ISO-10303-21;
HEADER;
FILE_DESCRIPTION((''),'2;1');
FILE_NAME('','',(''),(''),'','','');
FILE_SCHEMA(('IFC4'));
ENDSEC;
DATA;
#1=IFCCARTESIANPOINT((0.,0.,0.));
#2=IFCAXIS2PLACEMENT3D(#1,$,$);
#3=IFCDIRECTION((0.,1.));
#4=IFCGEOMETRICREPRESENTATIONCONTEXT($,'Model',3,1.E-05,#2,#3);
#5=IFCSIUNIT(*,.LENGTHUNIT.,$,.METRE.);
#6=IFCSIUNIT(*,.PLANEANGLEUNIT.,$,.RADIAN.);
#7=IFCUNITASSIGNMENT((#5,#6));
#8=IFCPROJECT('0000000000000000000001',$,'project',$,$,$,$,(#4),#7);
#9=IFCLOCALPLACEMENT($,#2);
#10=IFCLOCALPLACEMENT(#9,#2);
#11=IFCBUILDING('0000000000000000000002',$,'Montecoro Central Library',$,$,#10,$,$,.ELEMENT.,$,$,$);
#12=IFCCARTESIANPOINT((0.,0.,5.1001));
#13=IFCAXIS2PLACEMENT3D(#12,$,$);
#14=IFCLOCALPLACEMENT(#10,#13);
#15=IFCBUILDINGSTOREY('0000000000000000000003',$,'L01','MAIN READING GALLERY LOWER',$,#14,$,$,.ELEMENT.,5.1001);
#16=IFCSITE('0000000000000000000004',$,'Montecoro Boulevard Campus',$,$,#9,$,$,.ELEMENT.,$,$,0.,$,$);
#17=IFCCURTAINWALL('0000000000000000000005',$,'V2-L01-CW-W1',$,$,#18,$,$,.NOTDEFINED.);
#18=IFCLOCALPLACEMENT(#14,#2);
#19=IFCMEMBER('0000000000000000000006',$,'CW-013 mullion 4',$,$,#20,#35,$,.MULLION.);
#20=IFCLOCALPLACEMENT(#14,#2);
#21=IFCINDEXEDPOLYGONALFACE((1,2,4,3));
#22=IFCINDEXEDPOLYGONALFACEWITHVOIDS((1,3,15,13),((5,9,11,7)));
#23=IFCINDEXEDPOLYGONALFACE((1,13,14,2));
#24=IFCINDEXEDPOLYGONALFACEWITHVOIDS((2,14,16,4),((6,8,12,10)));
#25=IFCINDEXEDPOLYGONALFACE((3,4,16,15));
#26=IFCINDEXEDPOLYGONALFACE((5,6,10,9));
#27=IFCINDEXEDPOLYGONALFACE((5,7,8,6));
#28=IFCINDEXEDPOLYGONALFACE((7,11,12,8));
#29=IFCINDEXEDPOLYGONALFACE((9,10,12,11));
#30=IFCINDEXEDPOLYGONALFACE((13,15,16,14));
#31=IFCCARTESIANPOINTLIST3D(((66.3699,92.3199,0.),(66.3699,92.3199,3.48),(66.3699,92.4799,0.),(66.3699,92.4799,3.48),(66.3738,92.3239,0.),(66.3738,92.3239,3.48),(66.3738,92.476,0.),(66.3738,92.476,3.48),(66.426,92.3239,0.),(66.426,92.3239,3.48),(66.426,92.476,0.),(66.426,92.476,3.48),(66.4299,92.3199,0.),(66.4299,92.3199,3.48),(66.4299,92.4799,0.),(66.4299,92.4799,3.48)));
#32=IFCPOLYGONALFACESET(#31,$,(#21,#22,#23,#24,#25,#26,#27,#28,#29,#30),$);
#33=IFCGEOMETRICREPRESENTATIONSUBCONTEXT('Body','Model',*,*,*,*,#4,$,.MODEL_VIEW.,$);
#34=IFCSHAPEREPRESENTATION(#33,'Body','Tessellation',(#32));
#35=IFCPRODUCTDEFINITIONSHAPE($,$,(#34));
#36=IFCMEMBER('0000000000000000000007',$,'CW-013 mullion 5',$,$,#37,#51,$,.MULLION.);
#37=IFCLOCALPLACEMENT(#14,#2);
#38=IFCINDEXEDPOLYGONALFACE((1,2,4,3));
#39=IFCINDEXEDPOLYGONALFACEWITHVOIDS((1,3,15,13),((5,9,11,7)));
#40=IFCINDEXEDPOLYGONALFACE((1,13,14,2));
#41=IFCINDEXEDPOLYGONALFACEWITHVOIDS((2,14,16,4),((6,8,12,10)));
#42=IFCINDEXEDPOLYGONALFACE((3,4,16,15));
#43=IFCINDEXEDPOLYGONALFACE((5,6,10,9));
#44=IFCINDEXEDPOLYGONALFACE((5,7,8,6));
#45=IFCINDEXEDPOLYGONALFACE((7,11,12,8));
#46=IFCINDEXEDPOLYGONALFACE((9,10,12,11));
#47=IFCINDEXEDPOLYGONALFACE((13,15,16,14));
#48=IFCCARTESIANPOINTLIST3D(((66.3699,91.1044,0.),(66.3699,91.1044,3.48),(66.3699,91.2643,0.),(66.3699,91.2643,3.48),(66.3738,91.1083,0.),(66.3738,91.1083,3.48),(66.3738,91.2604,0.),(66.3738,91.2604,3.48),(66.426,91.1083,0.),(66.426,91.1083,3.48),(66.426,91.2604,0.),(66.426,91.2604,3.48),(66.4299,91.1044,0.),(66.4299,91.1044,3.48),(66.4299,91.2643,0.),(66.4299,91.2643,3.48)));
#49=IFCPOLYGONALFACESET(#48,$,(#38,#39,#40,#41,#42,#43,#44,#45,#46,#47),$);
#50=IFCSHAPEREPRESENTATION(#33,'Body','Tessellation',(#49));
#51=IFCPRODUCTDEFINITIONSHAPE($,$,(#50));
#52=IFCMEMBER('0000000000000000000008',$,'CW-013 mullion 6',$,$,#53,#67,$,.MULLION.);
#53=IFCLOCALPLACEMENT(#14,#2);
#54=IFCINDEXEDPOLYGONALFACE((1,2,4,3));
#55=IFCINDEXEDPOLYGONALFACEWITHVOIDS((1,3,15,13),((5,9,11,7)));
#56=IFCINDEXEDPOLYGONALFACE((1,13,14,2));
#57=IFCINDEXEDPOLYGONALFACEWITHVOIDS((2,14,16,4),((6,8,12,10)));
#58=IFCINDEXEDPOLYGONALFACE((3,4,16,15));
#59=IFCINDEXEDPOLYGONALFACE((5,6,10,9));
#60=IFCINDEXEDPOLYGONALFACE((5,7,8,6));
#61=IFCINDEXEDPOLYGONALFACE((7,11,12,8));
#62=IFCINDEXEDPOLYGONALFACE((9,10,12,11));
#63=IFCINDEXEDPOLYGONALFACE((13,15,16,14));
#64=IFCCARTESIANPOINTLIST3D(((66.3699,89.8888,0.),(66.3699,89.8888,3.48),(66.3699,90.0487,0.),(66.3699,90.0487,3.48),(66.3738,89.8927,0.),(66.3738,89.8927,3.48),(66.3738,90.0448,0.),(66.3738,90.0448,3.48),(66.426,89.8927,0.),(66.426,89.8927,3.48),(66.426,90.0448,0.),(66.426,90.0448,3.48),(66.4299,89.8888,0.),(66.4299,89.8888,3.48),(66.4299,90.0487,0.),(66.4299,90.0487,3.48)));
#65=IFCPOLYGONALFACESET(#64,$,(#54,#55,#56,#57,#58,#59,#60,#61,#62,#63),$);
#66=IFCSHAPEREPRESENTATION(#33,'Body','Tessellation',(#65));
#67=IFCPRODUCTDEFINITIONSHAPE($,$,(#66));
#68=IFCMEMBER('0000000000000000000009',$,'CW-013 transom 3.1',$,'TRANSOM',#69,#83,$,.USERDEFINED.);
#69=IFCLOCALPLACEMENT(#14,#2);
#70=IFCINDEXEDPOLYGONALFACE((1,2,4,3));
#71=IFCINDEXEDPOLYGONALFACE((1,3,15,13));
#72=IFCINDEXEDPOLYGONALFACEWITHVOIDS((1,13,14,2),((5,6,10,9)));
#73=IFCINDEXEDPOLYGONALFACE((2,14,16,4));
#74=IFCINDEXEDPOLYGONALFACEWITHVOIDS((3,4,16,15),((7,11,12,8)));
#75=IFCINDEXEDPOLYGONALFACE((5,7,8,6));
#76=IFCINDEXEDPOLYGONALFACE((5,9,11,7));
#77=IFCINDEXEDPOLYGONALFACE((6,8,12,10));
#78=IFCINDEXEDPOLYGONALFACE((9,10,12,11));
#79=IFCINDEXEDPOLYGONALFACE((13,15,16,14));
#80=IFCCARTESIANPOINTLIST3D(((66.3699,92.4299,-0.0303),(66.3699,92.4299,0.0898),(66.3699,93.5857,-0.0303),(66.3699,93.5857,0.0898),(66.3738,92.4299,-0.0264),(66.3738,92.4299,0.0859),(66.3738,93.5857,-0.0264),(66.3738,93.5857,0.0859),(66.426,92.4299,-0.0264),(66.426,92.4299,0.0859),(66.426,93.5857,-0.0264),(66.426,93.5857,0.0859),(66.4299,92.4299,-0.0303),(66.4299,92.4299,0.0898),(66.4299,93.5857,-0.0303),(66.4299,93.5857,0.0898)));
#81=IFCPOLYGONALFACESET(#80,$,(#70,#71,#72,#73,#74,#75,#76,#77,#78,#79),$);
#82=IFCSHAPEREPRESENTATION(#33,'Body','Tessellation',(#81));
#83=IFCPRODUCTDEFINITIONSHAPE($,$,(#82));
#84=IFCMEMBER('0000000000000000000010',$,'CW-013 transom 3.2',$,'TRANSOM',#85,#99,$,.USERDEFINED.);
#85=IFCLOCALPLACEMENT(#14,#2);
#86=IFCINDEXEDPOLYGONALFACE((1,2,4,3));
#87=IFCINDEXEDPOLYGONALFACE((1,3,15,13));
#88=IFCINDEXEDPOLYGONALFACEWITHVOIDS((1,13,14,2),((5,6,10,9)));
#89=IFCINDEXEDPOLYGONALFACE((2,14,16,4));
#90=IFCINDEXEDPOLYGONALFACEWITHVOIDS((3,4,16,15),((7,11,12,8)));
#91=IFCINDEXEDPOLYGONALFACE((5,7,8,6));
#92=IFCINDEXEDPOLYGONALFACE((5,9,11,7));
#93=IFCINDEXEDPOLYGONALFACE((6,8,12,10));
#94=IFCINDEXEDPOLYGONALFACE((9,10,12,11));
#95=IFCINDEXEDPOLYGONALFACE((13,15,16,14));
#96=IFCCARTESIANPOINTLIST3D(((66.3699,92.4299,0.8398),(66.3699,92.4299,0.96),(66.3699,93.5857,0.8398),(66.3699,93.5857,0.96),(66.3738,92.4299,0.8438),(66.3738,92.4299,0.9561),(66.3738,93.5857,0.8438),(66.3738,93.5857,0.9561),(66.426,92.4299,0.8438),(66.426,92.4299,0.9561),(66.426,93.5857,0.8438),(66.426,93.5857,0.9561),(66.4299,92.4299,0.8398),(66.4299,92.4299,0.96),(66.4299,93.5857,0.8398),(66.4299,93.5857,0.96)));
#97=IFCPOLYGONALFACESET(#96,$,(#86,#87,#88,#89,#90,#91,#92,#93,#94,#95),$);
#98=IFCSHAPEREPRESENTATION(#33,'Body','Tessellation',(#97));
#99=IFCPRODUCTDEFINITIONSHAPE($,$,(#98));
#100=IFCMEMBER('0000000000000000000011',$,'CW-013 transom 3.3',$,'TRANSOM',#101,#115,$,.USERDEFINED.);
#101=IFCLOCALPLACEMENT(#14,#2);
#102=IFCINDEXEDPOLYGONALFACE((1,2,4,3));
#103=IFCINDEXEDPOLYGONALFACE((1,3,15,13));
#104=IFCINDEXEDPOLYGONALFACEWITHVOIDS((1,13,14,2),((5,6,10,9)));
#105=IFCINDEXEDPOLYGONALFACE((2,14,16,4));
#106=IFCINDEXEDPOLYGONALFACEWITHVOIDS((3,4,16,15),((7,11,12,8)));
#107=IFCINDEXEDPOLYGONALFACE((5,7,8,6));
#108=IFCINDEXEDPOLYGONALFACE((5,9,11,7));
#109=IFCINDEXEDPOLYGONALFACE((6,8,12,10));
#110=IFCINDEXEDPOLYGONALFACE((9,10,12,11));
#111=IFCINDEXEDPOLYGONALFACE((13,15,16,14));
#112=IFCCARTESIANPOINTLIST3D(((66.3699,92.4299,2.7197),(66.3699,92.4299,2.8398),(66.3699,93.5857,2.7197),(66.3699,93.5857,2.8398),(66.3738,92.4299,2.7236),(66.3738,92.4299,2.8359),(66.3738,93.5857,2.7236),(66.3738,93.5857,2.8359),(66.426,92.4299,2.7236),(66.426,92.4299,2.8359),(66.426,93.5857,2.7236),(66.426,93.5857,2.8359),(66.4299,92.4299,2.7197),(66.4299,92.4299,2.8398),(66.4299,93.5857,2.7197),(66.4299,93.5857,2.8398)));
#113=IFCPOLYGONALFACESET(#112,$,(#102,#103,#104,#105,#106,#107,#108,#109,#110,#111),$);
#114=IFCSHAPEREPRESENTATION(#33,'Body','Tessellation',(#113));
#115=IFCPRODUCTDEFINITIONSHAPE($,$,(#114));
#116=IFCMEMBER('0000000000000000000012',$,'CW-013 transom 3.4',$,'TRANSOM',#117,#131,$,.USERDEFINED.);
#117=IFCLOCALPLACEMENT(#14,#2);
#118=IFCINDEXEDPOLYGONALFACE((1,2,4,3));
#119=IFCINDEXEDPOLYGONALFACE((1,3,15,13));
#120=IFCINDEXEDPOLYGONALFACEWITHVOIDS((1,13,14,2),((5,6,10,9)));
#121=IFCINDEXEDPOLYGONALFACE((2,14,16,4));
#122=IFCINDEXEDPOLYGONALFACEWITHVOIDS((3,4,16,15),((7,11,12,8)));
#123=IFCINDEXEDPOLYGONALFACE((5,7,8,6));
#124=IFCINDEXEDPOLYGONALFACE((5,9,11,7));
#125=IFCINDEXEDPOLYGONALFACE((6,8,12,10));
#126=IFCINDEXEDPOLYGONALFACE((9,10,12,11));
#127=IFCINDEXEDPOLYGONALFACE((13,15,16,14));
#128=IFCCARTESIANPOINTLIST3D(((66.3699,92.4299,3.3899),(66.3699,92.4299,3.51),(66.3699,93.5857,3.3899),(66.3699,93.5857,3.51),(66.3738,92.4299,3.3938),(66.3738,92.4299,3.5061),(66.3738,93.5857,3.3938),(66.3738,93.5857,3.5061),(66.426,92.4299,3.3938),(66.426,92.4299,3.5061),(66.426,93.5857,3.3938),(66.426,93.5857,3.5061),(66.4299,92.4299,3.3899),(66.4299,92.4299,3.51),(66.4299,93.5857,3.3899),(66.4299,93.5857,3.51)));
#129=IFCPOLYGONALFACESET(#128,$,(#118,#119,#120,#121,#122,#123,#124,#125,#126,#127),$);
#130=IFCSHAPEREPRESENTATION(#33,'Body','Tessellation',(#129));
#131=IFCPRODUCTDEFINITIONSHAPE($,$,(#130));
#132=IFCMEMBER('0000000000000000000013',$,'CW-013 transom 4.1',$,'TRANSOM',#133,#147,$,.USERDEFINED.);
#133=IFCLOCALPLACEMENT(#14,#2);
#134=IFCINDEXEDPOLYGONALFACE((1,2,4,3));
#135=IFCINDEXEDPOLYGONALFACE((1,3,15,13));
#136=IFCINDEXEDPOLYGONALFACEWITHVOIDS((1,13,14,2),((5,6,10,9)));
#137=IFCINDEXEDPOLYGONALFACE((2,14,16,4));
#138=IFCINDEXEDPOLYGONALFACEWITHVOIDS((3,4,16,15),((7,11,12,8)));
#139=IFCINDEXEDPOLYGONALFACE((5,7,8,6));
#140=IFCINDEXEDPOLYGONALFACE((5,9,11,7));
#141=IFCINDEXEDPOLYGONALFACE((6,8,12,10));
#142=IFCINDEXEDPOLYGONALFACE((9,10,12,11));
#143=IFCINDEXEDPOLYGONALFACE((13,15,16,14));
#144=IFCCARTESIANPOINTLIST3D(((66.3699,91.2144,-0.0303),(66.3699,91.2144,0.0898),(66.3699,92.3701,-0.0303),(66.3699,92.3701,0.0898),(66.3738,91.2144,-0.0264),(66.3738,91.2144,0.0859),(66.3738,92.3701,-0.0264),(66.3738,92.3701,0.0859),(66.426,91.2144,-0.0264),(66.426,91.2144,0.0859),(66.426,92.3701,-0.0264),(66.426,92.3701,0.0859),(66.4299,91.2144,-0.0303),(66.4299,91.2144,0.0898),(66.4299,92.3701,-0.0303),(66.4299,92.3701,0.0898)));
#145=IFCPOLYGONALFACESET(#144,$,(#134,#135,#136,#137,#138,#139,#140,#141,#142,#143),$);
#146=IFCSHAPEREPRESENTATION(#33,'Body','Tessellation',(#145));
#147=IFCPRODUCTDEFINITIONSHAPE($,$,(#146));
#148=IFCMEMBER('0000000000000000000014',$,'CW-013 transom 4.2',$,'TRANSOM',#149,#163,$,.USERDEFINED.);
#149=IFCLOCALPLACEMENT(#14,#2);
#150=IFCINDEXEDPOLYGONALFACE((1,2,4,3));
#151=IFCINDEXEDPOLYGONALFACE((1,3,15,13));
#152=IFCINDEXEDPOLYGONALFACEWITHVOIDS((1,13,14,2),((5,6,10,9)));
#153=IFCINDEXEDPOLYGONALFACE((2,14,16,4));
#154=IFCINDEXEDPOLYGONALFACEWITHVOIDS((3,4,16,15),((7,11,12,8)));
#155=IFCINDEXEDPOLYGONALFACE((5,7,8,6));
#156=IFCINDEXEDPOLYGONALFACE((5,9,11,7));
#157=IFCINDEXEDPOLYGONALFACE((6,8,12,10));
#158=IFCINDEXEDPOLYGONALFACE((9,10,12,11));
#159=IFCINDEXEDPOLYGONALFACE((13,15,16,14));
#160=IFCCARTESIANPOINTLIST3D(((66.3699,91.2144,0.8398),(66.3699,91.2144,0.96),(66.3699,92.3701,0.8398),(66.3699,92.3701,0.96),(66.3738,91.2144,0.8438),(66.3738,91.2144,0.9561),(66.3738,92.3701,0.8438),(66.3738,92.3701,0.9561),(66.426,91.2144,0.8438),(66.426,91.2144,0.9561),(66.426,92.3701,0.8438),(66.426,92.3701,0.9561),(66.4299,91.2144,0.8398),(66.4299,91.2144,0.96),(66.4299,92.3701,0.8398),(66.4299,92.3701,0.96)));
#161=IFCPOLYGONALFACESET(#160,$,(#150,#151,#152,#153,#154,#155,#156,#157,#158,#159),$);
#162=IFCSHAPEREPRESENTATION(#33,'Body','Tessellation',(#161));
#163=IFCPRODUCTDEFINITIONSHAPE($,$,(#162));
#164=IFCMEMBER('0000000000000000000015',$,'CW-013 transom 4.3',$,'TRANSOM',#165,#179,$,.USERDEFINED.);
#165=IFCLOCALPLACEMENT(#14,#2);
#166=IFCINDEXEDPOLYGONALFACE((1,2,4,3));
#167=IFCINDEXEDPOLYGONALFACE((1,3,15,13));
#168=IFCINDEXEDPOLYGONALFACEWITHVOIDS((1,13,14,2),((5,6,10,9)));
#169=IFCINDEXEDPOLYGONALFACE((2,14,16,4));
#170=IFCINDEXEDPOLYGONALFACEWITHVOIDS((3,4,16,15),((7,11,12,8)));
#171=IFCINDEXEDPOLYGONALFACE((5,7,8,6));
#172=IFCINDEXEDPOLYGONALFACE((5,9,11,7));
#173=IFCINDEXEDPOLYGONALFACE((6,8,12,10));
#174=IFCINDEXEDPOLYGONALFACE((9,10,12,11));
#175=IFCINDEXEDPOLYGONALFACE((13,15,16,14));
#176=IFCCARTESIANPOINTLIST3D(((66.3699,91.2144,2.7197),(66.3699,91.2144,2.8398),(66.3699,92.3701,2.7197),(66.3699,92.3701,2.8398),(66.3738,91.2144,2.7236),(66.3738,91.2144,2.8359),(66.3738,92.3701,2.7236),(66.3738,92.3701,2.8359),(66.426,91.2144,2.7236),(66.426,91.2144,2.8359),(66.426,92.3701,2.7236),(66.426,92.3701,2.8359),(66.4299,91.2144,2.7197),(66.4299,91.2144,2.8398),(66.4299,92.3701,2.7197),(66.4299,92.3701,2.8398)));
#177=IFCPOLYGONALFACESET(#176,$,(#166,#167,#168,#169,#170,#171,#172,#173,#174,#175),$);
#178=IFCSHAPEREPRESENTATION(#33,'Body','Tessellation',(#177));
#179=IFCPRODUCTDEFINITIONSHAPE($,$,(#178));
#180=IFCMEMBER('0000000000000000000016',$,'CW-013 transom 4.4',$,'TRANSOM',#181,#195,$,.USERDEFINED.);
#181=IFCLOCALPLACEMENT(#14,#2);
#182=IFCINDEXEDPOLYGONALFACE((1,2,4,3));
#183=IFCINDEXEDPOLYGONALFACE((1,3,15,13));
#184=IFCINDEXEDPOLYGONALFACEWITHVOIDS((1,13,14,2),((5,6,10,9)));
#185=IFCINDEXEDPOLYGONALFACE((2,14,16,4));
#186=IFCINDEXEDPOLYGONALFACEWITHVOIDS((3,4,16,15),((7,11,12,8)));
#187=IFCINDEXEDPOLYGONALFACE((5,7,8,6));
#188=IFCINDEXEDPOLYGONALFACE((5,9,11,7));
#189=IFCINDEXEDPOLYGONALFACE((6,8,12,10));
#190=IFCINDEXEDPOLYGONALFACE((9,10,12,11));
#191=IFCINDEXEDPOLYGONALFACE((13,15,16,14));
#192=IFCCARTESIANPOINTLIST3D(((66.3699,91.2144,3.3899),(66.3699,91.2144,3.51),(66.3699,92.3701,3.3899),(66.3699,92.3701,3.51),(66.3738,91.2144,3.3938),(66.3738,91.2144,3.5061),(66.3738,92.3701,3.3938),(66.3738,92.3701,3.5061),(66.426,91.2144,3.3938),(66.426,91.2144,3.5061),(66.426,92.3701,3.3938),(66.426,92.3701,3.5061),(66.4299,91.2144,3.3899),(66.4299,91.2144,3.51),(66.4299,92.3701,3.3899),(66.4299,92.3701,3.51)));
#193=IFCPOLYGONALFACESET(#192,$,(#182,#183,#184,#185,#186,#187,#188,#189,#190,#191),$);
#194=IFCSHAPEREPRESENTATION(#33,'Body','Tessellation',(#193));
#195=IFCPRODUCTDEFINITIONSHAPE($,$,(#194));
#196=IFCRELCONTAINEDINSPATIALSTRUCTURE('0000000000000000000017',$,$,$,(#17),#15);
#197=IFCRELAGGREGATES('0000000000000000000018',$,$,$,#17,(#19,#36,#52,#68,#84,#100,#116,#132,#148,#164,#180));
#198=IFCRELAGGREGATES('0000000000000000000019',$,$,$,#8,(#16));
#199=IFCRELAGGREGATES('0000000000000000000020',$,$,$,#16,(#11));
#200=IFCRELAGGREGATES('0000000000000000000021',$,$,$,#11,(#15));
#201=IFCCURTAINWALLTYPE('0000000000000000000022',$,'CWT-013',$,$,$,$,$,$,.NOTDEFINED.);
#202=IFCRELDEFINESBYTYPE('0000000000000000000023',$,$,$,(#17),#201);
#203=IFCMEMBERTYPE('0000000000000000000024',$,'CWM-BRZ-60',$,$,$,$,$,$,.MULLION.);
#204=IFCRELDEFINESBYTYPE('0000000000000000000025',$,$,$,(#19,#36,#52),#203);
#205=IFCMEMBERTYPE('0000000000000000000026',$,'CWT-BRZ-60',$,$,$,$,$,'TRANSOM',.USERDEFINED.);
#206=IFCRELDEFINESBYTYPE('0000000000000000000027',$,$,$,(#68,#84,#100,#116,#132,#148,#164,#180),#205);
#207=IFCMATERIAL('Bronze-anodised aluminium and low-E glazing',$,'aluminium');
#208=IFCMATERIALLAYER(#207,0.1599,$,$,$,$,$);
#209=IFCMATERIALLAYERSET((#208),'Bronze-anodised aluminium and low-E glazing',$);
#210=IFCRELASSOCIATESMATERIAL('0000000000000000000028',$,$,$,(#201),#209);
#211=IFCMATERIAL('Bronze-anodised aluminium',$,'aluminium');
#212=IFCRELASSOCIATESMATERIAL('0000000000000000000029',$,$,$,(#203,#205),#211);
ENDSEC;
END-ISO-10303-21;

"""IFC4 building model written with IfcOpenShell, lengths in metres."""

from ifc_helpers import new_model, si_unit, direction, frame, origin, origin_2d, place, context, subcontext, project, spatial, hollow_rectangle, extrude, material, layer, layer_set, material_profile, profile_set, type_object, element, aggregate, save


model = new_model("IFC4")

# Units and contexts
model_context = context("Model", 3, precision=1e-05, world=origin(), true_north=direction((0.0, 1.0)))
body_context = subcontext(model_context, "Body", "Model", "MODEL_VIEW")
ifc_project = project(units=[si_unit("LENGTHUNIT", "METRE"), si_unit("PLANEANGLEUNIT", "RADIAN")], contexts=[model_context])

# Site, building, storey
site_placement = place(None, origin())
site = spatial("IfcSite", under=ifc_project, at=site_placement, Name="Montecoro Boulevard Campus", CompositionType="ELEMENT", RefElevation=0.0)
building_placement = place(site_placement, origin())
building = spatial("IfcBuilding", under=site, at=building_placement, Name="Montecoro Central Library", CompositionType="ELEMENT")
storey_placement = place(building_placement, frame((0.0, 0.0, 5.1001)))
storey = spatial("IfcBuildingStorey", under=building, at=storey_placement, Name="L01", Description="MAIN READING GALLERY LOWER", CompositionType="ELEMENT", Elevation=5.1001)

# Curtain wall, members
ifc_material_1 = material(Name="Bronze-anodised aluminium and low-E glazing", Category="aluminium")
ifc_layer_1 = layer(ifc_material_1, 0.1599)
ifc_layer_set_1 = layer_set([ifc_layer_1], Name="Bronze-anodised aluminium and low-E glazing")
curtain_wall_type = type_object("IfcCurtainWallType", Name="CWT-013", PredefinedType="NOTDEFINED", material=ifc_layer_set_1)
curtain_wall_placement = place(storey_placement, origin())
curtain_wall = element("IfcCurtainWall", 1, at=curtain_wall_placement, inside=storey, type_object=curtain_wall_type, Name="V2-L01-CW-W1", PredefinedType="NOTDEFINED")
ifc_material_2 = material(Name="Bronze-anodised aluminium", Category="aluminium")
ifc_material_profile_1 = material_profile(ifc_material_2, hollow_rectangle(XDim=0.0601, YDim=0.1599, WallThickness=0.0039, at=origin_2d()), Name="CWM 160x60x4.0")
ifc_profile_set_1 = profile_set([ifc_material_profile_1], Name="Bronze-anodised aluminium")
member_type_1 = type_object("IfcMemberType", Name="CWM-BRZ-60", PredefinedType="MULLION", material=ifc_profile_set_1)
member_1_placement = place(storey_placement, frame((66.3999, 92.3999, 0.0), z_axis=(0.0, 0.0, 1.0), x_axis=(1.0, 0.0, 0.0)))
member_1 = element("IfcMember", 2, at=member_1_placement, type_object=member_type_1, Name="CW-013 mullion 4", PredefinedType="MULLION", context=body_context, shape_type="SweptSolid", body=[
    extrude(hollow_rectangle(XDim=0.0601, YDim=0.1599, WallThickness=0.0039, at=origin_2d()), origin(), (0.0, 0.0, 1.0), 3.48),
])
member_2_placement = place(storey_placement, frame((66.3999, 91.1843, 0.0), z_axis=(0.0, 0.0, 1.0), x_axis=(1.0, 0.0, 0.0)))
member_2 = element("IfcMember", 3, at=member_2_placement, type_object=member_type_1, Name="CW-013 mullion 5", PredefinedType="MULLION", context=body_context, shape_type="SweptSolid", body=[
    extrude(hollow_rectangle(XDim=0.0601, YDim=0.1599, WallThickness=0.0039, at=origin_2d()), origin(), (0.0, 0.0, 1.0), 3.48),
])
member_3_placement = place(storey_placement, frame((66.3999, 89.9688, 0.0), z_axis=(0.0, 0.0, 1.0), x_axis=(1.0, 0.0, 0.0)))
member_3 = element("IfcMember", 4, at=member_3_placement, type_object=member_type_1, Name="CW-013 mullion 6", PredefinedType="MULLION", context=body_context, shape_type="SweptSolid", body=[
    extrude(hollow_rectangle(XDim=0.0601, YDim=0.1599, WallThickness=0.0039, at=origin_2d()), origin(), (0.0, 0.0, 1.0), 3.48),
])
ifc_material_profile_2 = material_profile(ifc_material_2, hollow_rectangle(XDim=0.0601, YDim=0.1201, WallThickness=0.0039, at=origin_2d()), Name="CWT 120x60x4.0")
ifc_profile_set_2 = profile_set([ifc_material_profile_2], Name="Bronze-anodised aluminium")
member_type_2 = type_object("IfcMemberType", Name="CWT-BRZ-60", ElementType="TRANSOM", PredefinedType="USERDEFINED", material=ifc_profile_set_2)
member_4_placement = place(storey_placement, frame((66.3999, 93.5857, 0.0298), z_axis=(0.0, -1.0, 0.0), x_axis=(1.0, 0.0, 0.0)))
member_4 = element("IfcMember", 5, at=member_4_placement, type_object=member_type_2, Name="CW-013 transom 3.1", ObjectType="TRANSOM", PredefinedType="USERDEFINED", context=body_context, shape_type="SweptSolid", body=[
    extrude(hollow_rectangle(XDim=0.0601, YDim=0.1201, WallThickness=0.0039, at=origin_2d()), origin(), (0.0, 0.0, 1.0), 1.1558),
])
member_5_placement = place(storey_placement, frame((66.3999, 93.5857, 0.8999), z_axis=(0.0, -1.0, 0.0), x_axis=(1.0, 0.0, 0.0)))
member_5 = element("IfcMember", 6, at=member_5_placement, type_object=member_type_2, Name="CW-013 transom 3.2", ObjectType="TRANSOM", PredefinedType="USERDEFINED", context=body_context, shape_type="SweptSolid", body=[
    extrude(hollow_rectangle(XDim=0.0601, YDim=0.1201, WallThickness=0.0039, at=origin_2d()), origin(), (0.0, 0.0, 1.0), 1.1558),
])
member_6_placement = place(storey_placement, frame((66.3999, 93.5857, 2.7798), z_axis=(0.0, -1.0, 0.0), x_axis=(1.0, 0.0, 0.0)))
member_6 = element("IfcMember", 7, at=member_6_placement, type_object=member_type_2, Name="CW-013 transom 3.3", ObjectType="TRANSOM", PredefinedType="USERDEFINED", context=body_context, shape_type="SweptSolid", body=[
    extrude(hollow_rectangle(XDim=0.0601, YDim=0.1201, WallThickness=0.0039, at=origin_2d()), origin(), (0.0, 0.0, 1.0), 1.1558),
])
member_7_placement = place(storey_placement, frame((66.3999, 93.5857, 3.45), z_axis=(0.0, -1.0, 0.0), x_axis=(1.0, 0.0, 0.0)))
member_7 = element("IfcMember", 8, at=member_7_placement, type_object=member_type_2, Name="CW-013 transom 3.4", ObjectType="TRANSOM", PredefinedType="USERDEFINED", context=body_context, shape_type="SweptSolid", body=[
    extrude(hollow_rectangle(XDim=0.0601, YDim=0.1201, WallThickness=0.0039, at=origin_2d()), origin(), (0.0, 0.0, 1.0), 1.1558),
])
member_8_placement = place(storey_placement, frame((66.3999, 92.3701, 0.0298), z_axis=(0.0, -1.0, 0.0), x_axis=(1.0, 0.0, 0.0)))
member_8 = element("IfcMember", 9, at=member_8_placement, type_object=member_type_2, Name="CW-013 transom 4.1", ObjectType="TRANSOM", PredefinedType="USERDEFINED", context=body_context, shape_type="SweptSolid", body=[
    extrude(hollow_rectangle(XDim=0.0601, YDim=0.1201, WallThickness=0.0039, at=origin_2d()), origin(), (0.0, 0.0, 1.0), 1.1558),
])
member_9_placement = place(storey_placement, frame((66.3999, 92.3701, 0.8999), z_axis=(0.0, -1.0, 0.0), x_axis=(1.0, 0.0, 0.0)))
member_9 = element("IfcMember", 10, at=member_9_placement, type_object=member_type_2, Name="CW-013 transom 4.2", ObjectType="TRANSOM", PredefinedType="USERDEFINED", context=body_context, shape_type="SweptSolid", body=[
    extrude(hollow_rectangle(XDim=0.0601, YDim=0.1201, WallThickness=0.0039, at=origin_2d()), origin(), (0.0, 0.0, 1.0), 1.1558),
])
member_10_placement = place(storey_placement, frame((66.3999, 92.3701, 2.7798), z_axis=(0.0, -1.0, 0.0), x_axis=(1.0, 0.0, 0.0)))
member_10 = element("IfcMember", 11, at=member_10_placement, type_object=member_type_2, Name="CW-013 transom 4.3", ObjectType="TRANSOM", PredefinedType="USERDEFINED", context=body_context, shape_type="SweptSolid", body=[
    extrude(hollow_rectangle(XDim=0.0601, YDim=0.1201, WallThickness=0.0039, at=origin_2d()), origin(), (0.0, 0.0, 1.0), 1.1558),
])
member_11_placement = place(storey_placement, frame((66.3999, 92.3701, 3.45), z_axis=(0.0, -1.0, 0.0), x_axis=(1.0, 0.0, 0.0)))
member_11 = element("IfcMember", 12, at=member_11_placement, type_object=member_type_2, Name="CW-013 transom 4.4", ObjectType="TRANSOM", PredefinedType="USERDEFINED", context=body_context, shape_type="SweptSolid", body=[
    extrude(hollow_rectangle(XDim=0.0601, YDim=0.1201, WallThickness=0.0039, at=origin_2d()), origin(), (0.0, 0.0, 1.0), 1.1558),
])
aggregate(curtain_wall, [member_1, member_2, member_3, member_4, member_5, member_6, member_7, member_8, member_9, member_10, member_11])

save(model, "model.ifc")
